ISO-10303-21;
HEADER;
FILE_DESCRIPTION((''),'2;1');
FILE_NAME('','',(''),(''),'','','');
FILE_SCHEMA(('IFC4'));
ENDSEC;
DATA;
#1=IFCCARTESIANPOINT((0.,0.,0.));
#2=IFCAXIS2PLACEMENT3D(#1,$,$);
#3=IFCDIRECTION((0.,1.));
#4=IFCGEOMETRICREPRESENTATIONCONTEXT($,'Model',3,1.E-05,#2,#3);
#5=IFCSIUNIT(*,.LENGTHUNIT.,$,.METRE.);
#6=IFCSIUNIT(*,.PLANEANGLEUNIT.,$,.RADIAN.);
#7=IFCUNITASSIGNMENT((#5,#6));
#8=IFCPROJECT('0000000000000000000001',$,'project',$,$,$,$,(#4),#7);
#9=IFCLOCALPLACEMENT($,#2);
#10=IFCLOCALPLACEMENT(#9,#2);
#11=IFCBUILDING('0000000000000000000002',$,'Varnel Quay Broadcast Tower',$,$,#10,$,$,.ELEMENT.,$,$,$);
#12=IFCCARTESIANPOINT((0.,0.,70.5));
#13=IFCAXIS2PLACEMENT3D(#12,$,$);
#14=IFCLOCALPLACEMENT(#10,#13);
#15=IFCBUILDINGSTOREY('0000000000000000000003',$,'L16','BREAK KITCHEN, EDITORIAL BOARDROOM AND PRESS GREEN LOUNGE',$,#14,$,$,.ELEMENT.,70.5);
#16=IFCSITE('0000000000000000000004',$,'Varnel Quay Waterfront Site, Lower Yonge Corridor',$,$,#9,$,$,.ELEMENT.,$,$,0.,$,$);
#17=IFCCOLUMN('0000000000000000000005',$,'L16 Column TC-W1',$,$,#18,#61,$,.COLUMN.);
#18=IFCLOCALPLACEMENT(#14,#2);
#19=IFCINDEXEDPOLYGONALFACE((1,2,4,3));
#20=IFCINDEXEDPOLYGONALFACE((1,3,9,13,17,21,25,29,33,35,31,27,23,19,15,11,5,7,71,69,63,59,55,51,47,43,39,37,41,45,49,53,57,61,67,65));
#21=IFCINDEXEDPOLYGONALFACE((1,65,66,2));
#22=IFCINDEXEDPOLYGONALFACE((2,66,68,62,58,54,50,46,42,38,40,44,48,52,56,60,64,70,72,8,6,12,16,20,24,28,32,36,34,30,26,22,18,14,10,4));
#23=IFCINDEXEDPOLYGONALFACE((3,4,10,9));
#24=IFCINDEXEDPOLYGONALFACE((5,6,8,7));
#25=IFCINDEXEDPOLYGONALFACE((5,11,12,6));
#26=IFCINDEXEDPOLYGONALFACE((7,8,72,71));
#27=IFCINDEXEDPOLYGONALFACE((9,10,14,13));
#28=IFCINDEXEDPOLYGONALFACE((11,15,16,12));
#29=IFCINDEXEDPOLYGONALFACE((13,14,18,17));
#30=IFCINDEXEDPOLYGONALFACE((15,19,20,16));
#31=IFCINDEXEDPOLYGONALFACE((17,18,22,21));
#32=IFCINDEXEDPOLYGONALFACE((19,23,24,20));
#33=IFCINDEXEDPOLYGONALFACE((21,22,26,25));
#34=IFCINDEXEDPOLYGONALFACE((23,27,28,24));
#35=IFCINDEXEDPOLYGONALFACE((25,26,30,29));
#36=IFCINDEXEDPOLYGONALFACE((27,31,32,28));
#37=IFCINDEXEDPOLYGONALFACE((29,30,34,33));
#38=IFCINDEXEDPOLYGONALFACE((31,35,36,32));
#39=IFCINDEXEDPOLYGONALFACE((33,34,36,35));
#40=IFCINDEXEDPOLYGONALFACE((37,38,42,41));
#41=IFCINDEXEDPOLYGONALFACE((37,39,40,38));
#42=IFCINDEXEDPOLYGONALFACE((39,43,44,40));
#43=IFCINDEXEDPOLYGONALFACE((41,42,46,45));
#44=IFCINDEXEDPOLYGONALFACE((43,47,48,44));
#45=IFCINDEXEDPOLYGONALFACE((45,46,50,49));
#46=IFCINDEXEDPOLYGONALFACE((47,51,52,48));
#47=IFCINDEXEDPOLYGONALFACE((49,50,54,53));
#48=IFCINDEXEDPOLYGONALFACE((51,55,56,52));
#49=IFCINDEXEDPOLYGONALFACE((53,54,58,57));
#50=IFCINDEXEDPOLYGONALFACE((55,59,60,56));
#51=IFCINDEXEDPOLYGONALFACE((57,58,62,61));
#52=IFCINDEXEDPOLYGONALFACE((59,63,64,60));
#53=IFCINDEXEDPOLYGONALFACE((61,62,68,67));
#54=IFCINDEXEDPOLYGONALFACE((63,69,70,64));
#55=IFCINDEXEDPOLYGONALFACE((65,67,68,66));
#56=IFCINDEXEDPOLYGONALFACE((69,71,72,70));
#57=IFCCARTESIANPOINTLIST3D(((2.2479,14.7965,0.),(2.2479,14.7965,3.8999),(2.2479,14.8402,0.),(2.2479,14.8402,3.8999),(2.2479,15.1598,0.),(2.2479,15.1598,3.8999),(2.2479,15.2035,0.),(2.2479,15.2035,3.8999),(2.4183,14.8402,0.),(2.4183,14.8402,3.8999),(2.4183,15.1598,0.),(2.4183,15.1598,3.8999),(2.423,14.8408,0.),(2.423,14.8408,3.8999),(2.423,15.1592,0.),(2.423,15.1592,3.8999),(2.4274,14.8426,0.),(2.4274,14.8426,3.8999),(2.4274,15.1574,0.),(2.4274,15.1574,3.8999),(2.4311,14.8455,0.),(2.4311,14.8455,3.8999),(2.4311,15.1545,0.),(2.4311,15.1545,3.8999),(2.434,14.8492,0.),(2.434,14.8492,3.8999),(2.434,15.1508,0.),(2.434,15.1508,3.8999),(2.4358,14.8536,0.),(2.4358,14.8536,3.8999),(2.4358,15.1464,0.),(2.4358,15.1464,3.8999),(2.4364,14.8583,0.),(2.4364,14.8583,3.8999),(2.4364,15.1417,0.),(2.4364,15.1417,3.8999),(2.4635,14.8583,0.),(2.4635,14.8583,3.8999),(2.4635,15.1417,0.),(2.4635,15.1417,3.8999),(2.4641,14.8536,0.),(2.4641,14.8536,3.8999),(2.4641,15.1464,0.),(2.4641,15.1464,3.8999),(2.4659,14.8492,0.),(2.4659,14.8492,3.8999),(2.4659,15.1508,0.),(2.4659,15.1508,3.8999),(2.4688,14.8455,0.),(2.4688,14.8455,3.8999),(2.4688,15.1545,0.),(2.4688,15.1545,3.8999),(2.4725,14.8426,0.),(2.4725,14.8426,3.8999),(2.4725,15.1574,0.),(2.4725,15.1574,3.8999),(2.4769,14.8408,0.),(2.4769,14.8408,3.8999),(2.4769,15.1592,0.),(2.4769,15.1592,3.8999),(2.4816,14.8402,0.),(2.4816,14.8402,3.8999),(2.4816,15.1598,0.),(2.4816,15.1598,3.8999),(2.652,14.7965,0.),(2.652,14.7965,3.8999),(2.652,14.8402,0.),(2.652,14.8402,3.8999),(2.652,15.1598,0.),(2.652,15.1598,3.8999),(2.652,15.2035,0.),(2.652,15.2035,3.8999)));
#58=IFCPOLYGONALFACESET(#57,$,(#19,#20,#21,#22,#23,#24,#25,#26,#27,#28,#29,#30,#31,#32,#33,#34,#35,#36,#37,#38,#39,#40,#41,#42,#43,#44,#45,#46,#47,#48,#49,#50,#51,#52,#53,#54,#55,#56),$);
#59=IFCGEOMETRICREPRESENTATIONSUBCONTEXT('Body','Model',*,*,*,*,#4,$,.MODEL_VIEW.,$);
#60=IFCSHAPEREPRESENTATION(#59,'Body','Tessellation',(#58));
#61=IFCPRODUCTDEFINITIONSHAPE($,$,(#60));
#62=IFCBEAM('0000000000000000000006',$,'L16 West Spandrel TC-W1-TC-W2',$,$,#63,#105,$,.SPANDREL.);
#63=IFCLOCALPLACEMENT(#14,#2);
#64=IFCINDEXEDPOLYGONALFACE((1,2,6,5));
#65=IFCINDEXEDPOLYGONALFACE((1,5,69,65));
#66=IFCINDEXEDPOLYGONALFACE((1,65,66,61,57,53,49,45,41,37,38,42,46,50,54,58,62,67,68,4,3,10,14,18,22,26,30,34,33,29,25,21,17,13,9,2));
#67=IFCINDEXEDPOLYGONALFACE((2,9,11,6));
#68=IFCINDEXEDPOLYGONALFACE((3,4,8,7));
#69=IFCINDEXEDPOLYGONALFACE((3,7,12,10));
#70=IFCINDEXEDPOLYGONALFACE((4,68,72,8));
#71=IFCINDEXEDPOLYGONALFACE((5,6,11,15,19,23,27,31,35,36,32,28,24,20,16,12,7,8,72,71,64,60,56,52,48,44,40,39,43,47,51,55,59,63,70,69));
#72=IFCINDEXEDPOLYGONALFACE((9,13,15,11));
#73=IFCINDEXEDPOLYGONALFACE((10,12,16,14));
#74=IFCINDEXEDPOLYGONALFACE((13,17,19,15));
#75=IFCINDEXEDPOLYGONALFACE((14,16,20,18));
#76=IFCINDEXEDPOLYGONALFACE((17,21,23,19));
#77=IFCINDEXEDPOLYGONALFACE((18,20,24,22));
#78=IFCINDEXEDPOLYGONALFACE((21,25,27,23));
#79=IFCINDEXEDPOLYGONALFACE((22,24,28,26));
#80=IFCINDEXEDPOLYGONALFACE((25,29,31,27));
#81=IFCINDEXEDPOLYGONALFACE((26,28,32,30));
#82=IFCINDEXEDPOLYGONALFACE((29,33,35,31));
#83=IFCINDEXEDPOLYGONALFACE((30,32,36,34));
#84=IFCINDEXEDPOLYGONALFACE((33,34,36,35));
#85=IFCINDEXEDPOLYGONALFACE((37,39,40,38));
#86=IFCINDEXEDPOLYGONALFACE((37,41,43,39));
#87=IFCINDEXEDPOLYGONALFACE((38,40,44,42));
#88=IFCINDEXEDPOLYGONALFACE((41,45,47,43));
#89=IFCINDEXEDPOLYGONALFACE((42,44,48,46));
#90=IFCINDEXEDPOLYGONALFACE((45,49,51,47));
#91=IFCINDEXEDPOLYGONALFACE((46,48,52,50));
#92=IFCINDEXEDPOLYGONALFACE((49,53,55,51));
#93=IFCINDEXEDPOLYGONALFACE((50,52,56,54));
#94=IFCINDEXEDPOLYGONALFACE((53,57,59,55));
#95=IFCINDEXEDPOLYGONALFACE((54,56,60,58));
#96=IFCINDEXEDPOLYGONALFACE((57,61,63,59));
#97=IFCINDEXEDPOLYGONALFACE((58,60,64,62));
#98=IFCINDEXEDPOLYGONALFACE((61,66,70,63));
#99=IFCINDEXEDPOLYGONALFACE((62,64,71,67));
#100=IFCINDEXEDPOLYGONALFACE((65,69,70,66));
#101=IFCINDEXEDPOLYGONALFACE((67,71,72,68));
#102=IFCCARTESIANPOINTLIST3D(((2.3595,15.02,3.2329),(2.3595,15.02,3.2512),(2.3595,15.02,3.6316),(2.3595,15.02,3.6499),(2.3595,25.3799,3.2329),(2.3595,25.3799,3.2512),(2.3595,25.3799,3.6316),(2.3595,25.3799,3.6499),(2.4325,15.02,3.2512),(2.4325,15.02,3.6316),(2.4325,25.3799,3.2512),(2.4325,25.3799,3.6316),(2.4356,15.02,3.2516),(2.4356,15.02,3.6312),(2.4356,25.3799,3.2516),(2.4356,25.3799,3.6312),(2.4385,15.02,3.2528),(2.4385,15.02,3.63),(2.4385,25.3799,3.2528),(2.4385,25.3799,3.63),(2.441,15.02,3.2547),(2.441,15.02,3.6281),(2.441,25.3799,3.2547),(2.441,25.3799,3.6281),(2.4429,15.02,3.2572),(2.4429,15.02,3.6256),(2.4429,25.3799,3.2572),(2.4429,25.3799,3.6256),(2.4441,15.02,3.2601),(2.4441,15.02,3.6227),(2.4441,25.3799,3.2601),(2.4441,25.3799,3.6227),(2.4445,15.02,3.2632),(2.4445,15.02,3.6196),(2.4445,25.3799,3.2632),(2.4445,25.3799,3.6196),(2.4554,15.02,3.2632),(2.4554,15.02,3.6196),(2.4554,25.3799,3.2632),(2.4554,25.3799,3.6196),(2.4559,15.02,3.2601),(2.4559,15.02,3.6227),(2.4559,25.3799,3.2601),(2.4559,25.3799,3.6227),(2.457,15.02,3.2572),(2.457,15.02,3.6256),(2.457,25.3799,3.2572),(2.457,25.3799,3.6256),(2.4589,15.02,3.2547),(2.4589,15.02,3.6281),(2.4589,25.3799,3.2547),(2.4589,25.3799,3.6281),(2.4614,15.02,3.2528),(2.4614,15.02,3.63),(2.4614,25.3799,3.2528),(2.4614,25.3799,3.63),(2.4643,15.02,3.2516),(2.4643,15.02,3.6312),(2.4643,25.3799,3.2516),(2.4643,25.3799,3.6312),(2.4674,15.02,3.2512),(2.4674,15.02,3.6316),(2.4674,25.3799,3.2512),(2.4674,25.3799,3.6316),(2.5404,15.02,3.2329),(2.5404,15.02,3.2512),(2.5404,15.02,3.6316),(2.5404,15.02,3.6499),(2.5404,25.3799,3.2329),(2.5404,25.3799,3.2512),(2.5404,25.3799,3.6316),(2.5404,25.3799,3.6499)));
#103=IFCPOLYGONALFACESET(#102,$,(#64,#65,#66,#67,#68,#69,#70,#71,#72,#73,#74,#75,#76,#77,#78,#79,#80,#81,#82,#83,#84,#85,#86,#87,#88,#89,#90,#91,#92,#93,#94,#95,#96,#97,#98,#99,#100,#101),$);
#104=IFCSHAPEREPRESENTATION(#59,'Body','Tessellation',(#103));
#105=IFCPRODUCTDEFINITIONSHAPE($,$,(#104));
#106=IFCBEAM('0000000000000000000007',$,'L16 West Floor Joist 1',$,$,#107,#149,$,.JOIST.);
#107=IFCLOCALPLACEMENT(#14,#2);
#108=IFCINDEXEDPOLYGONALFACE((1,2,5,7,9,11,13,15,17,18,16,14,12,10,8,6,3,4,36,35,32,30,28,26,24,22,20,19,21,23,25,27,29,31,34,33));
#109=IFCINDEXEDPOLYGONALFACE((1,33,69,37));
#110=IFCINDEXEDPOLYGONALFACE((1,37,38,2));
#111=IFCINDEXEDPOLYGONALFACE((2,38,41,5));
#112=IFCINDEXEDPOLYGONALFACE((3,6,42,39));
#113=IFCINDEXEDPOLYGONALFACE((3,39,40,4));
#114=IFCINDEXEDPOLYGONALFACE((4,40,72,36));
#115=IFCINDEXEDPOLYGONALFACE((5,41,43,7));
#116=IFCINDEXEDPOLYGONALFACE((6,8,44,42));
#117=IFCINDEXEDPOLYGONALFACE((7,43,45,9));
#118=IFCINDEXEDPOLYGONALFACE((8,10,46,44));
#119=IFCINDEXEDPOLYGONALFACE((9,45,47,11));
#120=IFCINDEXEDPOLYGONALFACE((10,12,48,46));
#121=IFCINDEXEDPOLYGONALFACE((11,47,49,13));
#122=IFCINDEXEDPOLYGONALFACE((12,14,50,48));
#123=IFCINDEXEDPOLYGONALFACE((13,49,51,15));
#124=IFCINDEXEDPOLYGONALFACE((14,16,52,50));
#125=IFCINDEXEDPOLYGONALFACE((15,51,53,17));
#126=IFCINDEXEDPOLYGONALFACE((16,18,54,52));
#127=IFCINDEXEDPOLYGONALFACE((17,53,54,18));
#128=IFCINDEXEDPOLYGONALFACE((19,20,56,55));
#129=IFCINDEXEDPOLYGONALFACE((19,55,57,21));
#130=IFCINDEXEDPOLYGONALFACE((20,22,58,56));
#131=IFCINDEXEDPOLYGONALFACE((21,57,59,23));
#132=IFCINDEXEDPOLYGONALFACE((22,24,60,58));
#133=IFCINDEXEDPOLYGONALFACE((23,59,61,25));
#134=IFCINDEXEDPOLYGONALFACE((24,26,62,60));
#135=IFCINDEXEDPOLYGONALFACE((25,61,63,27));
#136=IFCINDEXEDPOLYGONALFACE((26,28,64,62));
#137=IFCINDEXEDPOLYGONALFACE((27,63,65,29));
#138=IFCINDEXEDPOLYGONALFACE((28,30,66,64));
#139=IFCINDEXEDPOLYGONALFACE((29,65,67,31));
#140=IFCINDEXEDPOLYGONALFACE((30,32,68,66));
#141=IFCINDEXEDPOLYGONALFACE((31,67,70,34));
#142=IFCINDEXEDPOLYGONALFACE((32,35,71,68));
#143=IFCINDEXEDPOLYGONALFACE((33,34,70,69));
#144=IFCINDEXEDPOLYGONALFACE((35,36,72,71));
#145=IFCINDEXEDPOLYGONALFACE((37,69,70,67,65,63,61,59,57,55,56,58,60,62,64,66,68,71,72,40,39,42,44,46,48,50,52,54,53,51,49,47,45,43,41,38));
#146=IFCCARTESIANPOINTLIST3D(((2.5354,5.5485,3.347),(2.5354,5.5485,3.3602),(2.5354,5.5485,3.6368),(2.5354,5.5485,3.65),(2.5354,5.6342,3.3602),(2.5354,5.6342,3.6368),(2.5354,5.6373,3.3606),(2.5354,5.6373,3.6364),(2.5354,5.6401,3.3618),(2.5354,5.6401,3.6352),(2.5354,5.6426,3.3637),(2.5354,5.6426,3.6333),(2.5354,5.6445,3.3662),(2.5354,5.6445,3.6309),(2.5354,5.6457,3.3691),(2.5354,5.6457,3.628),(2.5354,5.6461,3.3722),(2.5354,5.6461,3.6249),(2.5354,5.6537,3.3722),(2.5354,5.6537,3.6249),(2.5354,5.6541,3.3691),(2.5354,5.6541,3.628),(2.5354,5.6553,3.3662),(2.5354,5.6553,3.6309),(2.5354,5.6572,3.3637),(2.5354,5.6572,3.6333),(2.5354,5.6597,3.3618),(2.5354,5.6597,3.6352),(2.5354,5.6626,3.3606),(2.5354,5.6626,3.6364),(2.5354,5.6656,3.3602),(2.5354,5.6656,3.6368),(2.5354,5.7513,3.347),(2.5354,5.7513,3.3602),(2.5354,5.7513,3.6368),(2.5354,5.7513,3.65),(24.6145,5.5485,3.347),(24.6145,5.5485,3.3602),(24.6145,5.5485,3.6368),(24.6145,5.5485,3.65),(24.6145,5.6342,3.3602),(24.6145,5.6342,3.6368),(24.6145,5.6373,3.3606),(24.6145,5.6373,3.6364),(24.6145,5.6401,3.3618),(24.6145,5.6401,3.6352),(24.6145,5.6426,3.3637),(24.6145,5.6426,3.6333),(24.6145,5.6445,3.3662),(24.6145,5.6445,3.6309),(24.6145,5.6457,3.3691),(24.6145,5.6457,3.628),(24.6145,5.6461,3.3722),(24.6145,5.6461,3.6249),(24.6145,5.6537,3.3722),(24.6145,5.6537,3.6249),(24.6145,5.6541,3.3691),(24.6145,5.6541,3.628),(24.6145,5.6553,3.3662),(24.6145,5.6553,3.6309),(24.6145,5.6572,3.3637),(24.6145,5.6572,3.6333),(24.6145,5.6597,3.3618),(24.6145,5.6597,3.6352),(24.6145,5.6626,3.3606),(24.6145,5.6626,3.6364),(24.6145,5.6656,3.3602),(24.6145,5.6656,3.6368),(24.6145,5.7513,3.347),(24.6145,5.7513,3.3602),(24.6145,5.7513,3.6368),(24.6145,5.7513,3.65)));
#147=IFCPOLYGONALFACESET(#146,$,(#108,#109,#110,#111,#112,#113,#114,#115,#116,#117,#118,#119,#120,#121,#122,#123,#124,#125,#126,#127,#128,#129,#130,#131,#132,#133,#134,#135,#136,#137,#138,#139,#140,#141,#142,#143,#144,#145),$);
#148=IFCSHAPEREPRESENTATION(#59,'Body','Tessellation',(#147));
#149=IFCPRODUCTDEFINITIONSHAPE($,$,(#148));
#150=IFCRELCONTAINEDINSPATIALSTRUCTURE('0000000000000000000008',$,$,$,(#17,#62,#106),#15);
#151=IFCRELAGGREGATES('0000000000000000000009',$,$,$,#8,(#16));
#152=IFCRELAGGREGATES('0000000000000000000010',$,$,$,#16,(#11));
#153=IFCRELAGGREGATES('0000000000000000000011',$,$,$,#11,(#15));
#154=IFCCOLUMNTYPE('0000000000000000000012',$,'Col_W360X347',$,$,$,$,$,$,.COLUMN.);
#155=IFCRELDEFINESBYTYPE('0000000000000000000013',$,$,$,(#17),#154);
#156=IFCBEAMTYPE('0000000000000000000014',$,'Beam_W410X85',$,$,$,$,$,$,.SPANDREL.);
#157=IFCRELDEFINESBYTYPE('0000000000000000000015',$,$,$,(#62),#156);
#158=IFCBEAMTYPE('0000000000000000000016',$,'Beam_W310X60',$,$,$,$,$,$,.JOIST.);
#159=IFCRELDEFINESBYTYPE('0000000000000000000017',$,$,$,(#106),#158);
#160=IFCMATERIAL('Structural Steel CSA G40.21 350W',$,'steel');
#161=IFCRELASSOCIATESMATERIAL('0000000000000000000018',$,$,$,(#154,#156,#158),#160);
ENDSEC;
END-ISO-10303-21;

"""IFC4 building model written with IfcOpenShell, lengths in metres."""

from ifc_helpers import new_model, si_unit, direction, frame, origin, origin_2d, place, context, subcontext, project, spatial, i_section, extrude, source, transform, mapped, material, material_profile, profile_set, type_object, type_shapes, element, save


model = new_model("IFC4")

# Units and contexts
model_context = context("Model", 3, precision=1e-05, world=origin(), true_north=direction((0.0, 1.0)))
body_context = subcontext(model_context, "Body", "Model", "MODEL_VIEW")
ifc_project = project(units=[si_unit("LENGTHUNIT", "METRE"), si_unit("PLANEANGLEUNIT", "RADIAN")], contexts=[model_context])

# Site, building, storey
site_placement = place(None, origin())
site = spatial("IfcSite", under=ifc_project, at=site_placement, Name="Varnel Quay Waterfront Site, Lower Yonge Corridor", CompositionType="ELEMENT", RefElevation=0.0)
building_placement = place(site_placement, origin())
building = spatial("IfcBuilding", under=site, at=building_placement, Name="Varnel Quay Broadcast Tower", CompositionType="ELEMENT")
storey_placement = place(building_placement, frame((0.0, 0.0, 70.5)))
storey = spatial("IfcBuildingStorey", under=building, at=storey_placement, Name="L16", Description="BREAK KITCHEN, EDITORIAL BOARDROOM AND PRESS GREEN LOUNGE", CompositionType="ELEMENT", Elevation=70.5)

# Column
ifc_material_1 = material(Name="Structural Steel CSA G40.21 350W", Category="steel")
ifc_material_profile_1 = material_profile(ifc_material_1, i_section(OverallWidth=0.4041, OverallDepth=0.407, WebThickness=0.0271, FlangeThickness=0.0437, FilletRadius=0.0181, at=origin_2d()), Name="W360X347")
ifc_profile_set_1 = profile_set([ifc_material_profile_1], Name="Structural Steel CSA G40.21 350W")
column_type = type_object("IfcColumnType", Name="Col_W360X347", PredefinedType="COLUMN", material=ifc_profile_set_1)
shared_shape_1 = source(origin(), body_context, "Body", "SweptSolid", [
    extrude(i_section(OverallWidth=0.4041, OverallDepth=0.407, WebThickness=0.0271, FlangeThickness=0.0437, FilletRadius=0.0181, at=origin_2d()), origin(), (0.0, 0.0, 1.0), 3.8999),
])
type_shapes(column_type, [shared_shape_1])
column_placement = place(storey_placement, frame((2.45, 15.0, 0.0), z_axis=(0.0, 0.0, 1.0), x_axis=(1.0, 0.0, 0.0)))
element("IfcColumn", 1, at=column_placement, inside=storey, type_object=column_type, Name="L16 Column TC-W1", PredefinedType="COLUMN", context=body_context, shape_type="MappedRepresentation", body=[
    mapped(shared_shape_1, transform((0.0, 0.0, 0.0), x_axis=(1.0, 0.0, 0.0), y_axis=(0.0, 1.0, 0.0), z_axis=(0.0, 0.0, 1.0), scale=1.0)),
])

# Beams
ifc_material_profile_2 = material_profile(ifc_material_1, i_section(OverallWidth=0.1809, OverallDepth=0.417, WebThickness=0.011, FlangeThickness=0.0183, FilletRadius=0.012, at=origin_2d()), Name="W410X85")
ifc_profile_set_2 = profile_set([ifc_material_profile_2], Name="Structural Steel CSA G40.21 350W")
beam_type_1 = type_object("IfcBeamType", Name="Beam_W410X85", PredefinedType="SPANDREL", material=ifc_profile_set_2)
shared_shape_2 = source(origin(), body_context, "Body", "SweptSolid", [
    extrude(i_section(OverallWidth=0.1809, OverallDepth=0.417, WebThickness=0.011, FlangeThickness=0.0183, FilletRadius=0.012, at=origin_2d()), origin(), (0.0, 0.0, 1.0), 10.3599),
])
type_shapes(beam_type_1, [shared_shape_2])
beam_1_placement = place(storey_placement, frame((2.45, 15.02, 3.4414), z_axis=(0.0, 1.0, 0.0), x_axis=(-1.0, 0.0, 0.0)))
element("IfcBeam", 2, at=beam_1_placement, inside=storey, type_object=beam_type_1, Name="L16 West Spandrel TC-W1-TC-W2", PredefinedType="SPANDREL", context=body_context, shape_type="MappedRepresentation", body=[
    mapped(shared_shape_2, transform((0.0, 0.0, 0.0), x_axis=(1.0, 0.0, 0.0), y_axis=(0.0, 1.0, 0.0), z_axis=(0.0, 0.0, 1.0), scale=1.0)),
])
ifc_material_profile_3 = material_profile(ifc_material_1, i_section(OverallWidth=0.2029, OverallDepth=0.303, WebThickness=0.0076, FlangeThickness=0.0132, FilletRadius=0.012, at=origin_2d()), Name="W310X60")
ifc_profile_set_3 = profile_set([ifc_material_profile_3], Name="Structural Steel CSA G40.21 350W")
beam_type_2 = type_object("IfcBeamType", Name="Beam_W310X60", PredefinedType="JOIST", material=ifc_profile_set_3)
shared_shape_3 = source(origin(), body_context, "Body", "SweptSolid", [
    extrude(i_section(OverallWidth=0.2029, OverallDepth=0.303, WebThickness=0.0076, FlangeThickness=0.0132, FilletRadius=0.012, at=origin_2d()), origin(), (0.0, 0.0, 1.0), 22.0791),
])
type_shapes(beam_type_2, [shared_shape_3])
for number, where, z_axis, x_axis, name in (
    (3, (2.5354, 5.6499, 3.4985), (1.0, 0.0, 0.0), (0.0, 1.0, 0.0), "L16 West Floor Joist 1"),
):
    element("IfcBeam", number, at=place(storey_placement, frame(where, z_axis=z_axis, x_axis=x_axis)), inside=storey, type_object=beam_type_2, Name=name, PredefinedType="JOIST", context=body_context, shape_type="MappedRepresentation", body=[
        mapped(shared_shape_3, transform((0.0, 0.0, 0.0), x_axis=(1.0, 0.0, 0.0), y_axis=(0.0, 1.0, 0.0), z_axis=(0.0, 0.0, 1.0), scale=1.0)),
    ])

save(model, "model.ifc")
